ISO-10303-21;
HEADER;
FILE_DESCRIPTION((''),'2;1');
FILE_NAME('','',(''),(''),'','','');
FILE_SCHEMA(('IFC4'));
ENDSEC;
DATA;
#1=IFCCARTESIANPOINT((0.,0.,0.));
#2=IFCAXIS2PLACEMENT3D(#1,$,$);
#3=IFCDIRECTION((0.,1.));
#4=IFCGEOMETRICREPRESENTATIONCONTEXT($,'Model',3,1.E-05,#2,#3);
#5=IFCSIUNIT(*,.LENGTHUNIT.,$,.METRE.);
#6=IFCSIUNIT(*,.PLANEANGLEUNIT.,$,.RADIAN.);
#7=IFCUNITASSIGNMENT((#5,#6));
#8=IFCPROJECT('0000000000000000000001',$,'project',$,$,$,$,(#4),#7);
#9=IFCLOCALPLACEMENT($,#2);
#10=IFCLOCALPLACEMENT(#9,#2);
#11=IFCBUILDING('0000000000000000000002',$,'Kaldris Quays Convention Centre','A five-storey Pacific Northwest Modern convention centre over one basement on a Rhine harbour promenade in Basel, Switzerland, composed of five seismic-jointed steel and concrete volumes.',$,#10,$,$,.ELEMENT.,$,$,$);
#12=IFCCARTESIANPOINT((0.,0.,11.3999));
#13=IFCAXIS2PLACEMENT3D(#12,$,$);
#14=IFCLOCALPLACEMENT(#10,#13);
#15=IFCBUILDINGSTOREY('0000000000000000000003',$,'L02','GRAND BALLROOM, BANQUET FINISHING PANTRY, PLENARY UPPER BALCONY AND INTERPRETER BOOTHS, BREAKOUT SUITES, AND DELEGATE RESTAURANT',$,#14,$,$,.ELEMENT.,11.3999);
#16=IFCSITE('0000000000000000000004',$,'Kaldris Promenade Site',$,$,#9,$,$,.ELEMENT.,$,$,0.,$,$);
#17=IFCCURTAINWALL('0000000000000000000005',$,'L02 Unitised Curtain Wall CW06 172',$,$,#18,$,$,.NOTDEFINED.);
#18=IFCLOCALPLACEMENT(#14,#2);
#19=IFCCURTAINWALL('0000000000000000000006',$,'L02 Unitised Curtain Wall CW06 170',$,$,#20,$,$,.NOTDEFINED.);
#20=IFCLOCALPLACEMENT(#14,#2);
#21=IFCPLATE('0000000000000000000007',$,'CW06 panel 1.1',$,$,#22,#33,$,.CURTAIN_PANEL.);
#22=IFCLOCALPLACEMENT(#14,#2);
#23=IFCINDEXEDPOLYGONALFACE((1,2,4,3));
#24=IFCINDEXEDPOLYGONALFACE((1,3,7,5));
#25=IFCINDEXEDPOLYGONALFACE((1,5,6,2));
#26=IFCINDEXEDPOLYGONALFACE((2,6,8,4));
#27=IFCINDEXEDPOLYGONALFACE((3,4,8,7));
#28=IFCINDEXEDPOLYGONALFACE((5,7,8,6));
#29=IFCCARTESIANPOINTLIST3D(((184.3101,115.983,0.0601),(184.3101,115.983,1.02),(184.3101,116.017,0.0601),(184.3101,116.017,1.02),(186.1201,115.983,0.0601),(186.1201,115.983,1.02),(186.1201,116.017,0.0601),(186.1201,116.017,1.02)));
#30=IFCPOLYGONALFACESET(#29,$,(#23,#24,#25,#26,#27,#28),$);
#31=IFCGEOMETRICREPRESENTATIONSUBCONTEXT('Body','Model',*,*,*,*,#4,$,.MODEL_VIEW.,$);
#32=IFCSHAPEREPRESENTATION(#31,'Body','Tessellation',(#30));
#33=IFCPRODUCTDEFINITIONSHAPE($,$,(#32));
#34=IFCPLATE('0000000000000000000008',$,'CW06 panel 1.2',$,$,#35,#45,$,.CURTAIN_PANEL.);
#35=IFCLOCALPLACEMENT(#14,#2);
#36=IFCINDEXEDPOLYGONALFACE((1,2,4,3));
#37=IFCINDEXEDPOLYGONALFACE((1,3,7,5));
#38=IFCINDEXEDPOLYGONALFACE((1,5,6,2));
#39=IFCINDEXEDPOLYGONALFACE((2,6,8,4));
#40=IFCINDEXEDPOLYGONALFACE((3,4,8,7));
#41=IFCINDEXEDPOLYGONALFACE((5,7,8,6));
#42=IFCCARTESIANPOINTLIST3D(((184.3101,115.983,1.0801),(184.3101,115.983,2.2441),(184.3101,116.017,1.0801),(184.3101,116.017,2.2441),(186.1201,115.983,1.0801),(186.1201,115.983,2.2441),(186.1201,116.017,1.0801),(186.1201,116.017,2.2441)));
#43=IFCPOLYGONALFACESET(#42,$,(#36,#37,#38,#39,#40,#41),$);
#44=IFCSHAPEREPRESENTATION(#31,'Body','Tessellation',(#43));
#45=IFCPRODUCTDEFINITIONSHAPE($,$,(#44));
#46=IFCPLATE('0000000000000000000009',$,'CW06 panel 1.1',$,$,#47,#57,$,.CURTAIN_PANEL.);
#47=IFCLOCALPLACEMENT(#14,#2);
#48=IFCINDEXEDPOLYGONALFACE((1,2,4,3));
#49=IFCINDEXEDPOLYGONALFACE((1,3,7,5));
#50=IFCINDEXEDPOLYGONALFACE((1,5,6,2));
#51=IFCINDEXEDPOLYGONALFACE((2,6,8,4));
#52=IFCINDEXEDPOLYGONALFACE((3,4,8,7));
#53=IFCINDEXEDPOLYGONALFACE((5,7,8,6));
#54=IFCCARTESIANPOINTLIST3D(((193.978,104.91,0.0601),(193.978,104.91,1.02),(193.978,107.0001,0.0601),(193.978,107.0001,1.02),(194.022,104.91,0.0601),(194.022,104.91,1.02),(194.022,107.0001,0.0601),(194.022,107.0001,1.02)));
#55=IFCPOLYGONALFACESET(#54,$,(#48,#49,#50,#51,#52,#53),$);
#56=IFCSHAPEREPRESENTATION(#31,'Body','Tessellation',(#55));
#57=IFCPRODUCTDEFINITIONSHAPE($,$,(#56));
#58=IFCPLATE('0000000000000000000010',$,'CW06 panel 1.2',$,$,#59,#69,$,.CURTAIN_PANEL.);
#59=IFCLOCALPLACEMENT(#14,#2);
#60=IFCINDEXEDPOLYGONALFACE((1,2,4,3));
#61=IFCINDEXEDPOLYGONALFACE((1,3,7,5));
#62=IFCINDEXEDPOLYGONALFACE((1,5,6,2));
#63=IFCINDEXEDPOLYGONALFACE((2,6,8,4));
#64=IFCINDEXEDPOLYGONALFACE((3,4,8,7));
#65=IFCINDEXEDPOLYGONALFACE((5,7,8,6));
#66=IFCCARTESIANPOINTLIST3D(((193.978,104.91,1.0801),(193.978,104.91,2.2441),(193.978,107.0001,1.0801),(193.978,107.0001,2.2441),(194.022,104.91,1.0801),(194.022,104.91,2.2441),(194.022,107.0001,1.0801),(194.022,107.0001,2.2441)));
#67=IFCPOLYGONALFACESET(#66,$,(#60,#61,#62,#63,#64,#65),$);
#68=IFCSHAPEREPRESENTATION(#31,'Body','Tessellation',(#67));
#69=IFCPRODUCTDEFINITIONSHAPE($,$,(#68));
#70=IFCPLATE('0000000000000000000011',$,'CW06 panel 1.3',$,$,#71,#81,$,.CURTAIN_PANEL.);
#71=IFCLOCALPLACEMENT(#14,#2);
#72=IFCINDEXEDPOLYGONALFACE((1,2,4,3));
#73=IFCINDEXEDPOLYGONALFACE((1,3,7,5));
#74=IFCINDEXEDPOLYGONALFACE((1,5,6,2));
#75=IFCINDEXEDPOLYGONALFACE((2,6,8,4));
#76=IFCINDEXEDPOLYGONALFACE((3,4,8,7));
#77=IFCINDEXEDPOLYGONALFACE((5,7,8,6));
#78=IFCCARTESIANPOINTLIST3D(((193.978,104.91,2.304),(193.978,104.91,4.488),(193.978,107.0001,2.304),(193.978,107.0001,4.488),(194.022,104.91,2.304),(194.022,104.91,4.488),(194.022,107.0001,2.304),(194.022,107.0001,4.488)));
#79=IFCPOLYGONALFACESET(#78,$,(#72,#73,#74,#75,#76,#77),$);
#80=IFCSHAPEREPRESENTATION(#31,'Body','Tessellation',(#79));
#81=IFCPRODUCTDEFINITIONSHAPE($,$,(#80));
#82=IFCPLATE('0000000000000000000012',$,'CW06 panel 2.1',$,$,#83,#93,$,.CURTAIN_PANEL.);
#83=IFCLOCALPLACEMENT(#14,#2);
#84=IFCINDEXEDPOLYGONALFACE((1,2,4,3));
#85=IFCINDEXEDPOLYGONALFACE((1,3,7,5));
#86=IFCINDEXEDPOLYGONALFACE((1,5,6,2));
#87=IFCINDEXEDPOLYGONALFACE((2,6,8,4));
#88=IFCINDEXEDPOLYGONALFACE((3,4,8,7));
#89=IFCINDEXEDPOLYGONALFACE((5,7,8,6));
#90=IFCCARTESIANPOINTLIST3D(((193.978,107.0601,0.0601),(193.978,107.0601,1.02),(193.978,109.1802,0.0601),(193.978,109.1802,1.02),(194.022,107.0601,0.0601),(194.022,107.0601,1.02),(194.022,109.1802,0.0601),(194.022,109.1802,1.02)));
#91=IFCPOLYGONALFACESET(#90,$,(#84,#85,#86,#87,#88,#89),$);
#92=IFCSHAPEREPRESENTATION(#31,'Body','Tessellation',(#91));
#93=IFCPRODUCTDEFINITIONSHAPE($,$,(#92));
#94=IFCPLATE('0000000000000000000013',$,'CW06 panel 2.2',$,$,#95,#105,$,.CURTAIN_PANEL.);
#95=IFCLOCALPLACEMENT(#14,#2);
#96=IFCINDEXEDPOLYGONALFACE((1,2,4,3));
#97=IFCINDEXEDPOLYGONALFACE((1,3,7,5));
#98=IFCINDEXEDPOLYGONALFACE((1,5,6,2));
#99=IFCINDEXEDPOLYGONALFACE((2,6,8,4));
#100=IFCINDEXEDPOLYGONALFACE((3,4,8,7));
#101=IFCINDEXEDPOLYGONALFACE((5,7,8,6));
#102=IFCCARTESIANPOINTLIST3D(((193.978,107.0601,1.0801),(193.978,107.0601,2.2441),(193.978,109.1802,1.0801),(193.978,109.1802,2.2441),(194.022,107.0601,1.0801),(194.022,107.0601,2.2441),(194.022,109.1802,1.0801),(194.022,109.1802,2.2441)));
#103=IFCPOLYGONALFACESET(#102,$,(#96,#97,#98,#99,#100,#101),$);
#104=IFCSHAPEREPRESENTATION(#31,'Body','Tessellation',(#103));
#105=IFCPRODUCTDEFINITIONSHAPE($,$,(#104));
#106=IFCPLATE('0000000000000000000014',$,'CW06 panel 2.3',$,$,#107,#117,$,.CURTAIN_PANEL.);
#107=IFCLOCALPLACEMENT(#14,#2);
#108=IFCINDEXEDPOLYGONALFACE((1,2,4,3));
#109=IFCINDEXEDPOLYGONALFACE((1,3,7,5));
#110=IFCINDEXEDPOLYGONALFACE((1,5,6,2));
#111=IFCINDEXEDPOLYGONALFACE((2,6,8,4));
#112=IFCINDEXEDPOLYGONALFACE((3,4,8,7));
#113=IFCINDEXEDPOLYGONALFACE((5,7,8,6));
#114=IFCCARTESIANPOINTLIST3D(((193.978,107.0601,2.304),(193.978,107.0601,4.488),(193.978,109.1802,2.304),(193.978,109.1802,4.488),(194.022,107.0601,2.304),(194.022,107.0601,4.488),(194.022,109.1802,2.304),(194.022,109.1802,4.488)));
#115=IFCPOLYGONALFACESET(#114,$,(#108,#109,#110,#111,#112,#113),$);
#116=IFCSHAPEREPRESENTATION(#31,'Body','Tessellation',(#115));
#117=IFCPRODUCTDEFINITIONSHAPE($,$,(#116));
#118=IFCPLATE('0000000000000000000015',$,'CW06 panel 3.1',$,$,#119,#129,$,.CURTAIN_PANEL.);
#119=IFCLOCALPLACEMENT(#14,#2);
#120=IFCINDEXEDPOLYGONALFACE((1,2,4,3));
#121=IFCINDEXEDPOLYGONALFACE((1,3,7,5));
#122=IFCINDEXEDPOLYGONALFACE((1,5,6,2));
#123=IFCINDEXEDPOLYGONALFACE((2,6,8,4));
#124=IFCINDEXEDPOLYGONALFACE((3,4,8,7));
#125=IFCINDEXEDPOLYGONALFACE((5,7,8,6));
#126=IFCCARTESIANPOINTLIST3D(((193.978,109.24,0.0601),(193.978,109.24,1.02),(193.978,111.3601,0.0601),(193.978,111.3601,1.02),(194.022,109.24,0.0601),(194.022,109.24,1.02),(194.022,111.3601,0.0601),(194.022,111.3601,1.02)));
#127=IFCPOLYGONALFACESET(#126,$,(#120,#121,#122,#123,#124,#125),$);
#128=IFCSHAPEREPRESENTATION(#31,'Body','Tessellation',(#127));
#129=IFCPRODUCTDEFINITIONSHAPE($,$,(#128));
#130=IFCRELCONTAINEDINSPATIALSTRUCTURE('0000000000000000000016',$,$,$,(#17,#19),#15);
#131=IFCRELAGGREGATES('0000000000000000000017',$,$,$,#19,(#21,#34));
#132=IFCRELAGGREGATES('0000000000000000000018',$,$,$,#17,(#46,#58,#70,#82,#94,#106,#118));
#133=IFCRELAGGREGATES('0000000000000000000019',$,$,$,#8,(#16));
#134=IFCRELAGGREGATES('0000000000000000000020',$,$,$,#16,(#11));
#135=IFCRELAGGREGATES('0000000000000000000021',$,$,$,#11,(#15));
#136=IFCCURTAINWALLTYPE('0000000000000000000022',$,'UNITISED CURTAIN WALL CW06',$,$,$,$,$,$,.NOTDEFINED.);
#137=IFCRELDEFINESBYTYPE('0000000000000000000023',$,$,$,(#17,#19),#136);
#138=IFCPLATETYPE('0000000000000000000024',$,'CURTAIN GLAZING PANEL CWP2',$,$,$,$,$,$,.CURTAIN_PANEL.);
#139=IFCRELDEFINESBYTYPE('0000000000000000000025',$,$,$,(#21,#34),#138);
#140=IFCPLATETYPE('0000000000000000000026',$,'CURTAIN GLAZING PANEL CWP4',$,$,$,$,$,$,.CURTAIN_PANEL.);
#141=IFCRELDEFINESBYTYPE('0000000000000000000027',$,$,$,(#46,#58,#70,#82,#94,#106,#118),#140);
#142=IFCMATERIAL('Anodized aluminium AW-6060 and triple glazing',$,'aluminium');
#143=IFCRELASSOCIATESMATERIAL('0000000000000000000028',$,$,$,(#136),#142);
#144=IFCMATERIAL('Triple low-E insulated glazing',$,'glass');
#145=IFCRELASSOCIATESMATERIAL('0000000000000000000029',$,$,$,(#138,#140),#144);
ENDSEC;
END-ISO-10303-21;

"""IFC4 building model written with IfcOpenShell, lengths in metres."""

from ifc_helpers import new_model, si_unit, direction, frame, origin, origin_2d, place, context, subcontext, project, spatial, rectangle, extrude, material, type_object, element, aggregate, save


model = new_model("IFC4")

# Units and contexts
model_context = context("Model", 3, precision=1e-05, world=origin(), true_north=direction((0.0, 1.0)))
body_context = subcontext(model_context, "Body", "Model", "MODEL_VIEW")
ifc_project = project(units=[si_unit("LENGTHUNIT", "METRE"), si_unit("PLANEANGLEUNIT", "RADIAN")], contexts=[model_context])

# Site, building, storey
site_placement = place(None, origin())
site = spatial("IfcSite", under=ifc_project, at=site_placement, Name="Kaldris Promenade Site", CompositionType="ELEMENT", RefElevation=0.0)
building_placement = place(site_placement, origin())
building = spatial("IfcBuilding", under=site, at=building_placement, Name="Kaldris Quays Convention Centre", Description="A five-storey Pacific Northwest Modern convention centre over one basement on a Rhine harbour promenade in Basel, Switzerland, composed of five seismic-jointed steel and concrete volumes.", CompositionType="ELEMENT")
storey_placement = place(building_placement, frame((0.0, 0.0, 11.3999)))
storey = spatial("IfcBuildingStorey", under=building, at=storey_placement, Name="L02", Description="GRAND BALLROOM, BANQUET FINISHING PANTRY, PLENARY UPPER BALCONY AND INTERPRETER BOOTHS, BREAKOUT SUITES, AND DELEGATE RESTAURANT", CompositionType="ELEMENT", Elevation=11.3999)

# Curtain walls
ifc_material_1 = material(Name="Anodized aluminium AW-6060 and triple glazing", Category="aluminium")
curtain_wall_type = type_object("IfcCurtainWallType", Name="UNITISED CURTAIN WALL CW06", PredefinedType="NOTDEFINED", material=ifc_material_1)
curtain_wall_1_placement = place(storey_placement, origin())
curtain_wall_1 = element("IfcCurtainWall", 1, at=curtain_wall_1_placement, inside=storey, type_object=curtain_wall_type, Name="L02 Unitised Curtain Wall CW06 172", PredefinedType="NOTDEFINED")
curtain_wall_2_placement = place(storey_placement, origin())
curtain_wall_2 = element("IfcCurtainWall", 2, at=curtain_wall_2_placement, inside=storey, type_object=curtain_wall_type, Name="L02 Unitised Curtain Wall CW06 170", PredefinedType="NOTDEFINED")

# Plates
ifc_material_2 = material(Name="Triple low-E insulated glazing", Category="glass")
plate_type_1 = type_object("IfcPlateType", Name="CURTAIN GLAZING PANEL CWP2", PredefinedType="CURTAIN_PANEL", material=ifc_material_2)
plate_1_placement = place(storey_placement, frame((185.2151, 116.0, 0.0601), z_axis=(0.0, 0.0, 1.0), x_axis=(1.0, 0.0, 0.0)))
plate_1 = element("IfcPlate", 3, at=plate_1_placement, type_object=plate_type_1, Name="CW06 panel 1.1", PredefinedType="CURTAIN_PANEL", context=body_context, shape_type="SweptSolid", body=[
    extrude(rectangle(XDim=1.8101, YDim=0.0339, at=origin_2d()), origin(), (0.0, 0.0, 1.0), 0.96),
])
plate_2_placement = place(storey_placement, frame((185.2151, 116.0, 1.0801), z_axis=(0.0, 0.0, 1.0), x_axis=(1.0, 0.0, 0.0)))
plate_2 = element("IfcPlate", 4, at=plate_2_placement, type_object=plate_type_1, Name="CW06 panel 1.2", PredefinedType="CURTAIN_PANEL", context=body_context, shape_type="SweptSolid", body=[
    extrude(rectangle(XDim=1.8101, YDim=0.0339, at=origin_2d()), origin(), (0.0, 0.0, 1.0), 1.1641),
])
aggregate(curtain_wall_2, [plate_1, plate_2])
plate_type_2 = type_object("IfcPlateType", Name="CURTAIN GLAZING PANEL CWP4", PredefinedType="CURTAIN_PANEL", material=ifc_material_2)
plate_3_placement = place(storey_placement, frame((194.0, 105.9551, 0.0601), z_axis=(0.0, 0.0, 1.0), x_axis=(0.0, 1.0, 0.0)))
plate_3 = element("IfcPlate", 5, at=plate_3_placement, type_object=plate_type_2, Name="CW06 panel 1.1", PredefinedType="CURTAIN_PANEL", context=body_context, shape_type="SweptSolid", body=[
    extrude(rectangle(XDim=2.0901, YDim=0.0439, at=origin_2d()), origin(), (0.0, 0.0, 1.0), 0.96),
])
plate_4_placement = place(storey_placement, frame((194.0, 105.9551, 1.0801), z_axis=(0.0, 0.0, 1.0), x_axis=(0.0, 1.0, 0.0)))
plate_4 = element("IfcPlate", 6, at=plate_4_placement, type_object=plate_type_2, Name="CW06 panel 1.2", PredefinedType="CURTAIN_PANEL", context=body_context, shape_type="SweptSolid", body=[
    extrude(rectangle(XDim=2.0901, YDim=0.0439, at=origin_2d()), origin(), (0.0, 0.0, 1.0), 1.1641),
])
plate_5_placement = place(storey_placement, frame((194.0, 105.9551, 2.304), z_axis=(0.0, 0.0, 1.0), x_axis=(0.0, 1.0, 0.0)))
plate_5 = element("IfcPlate", 7, at=plate_5_placement, type_object=plate_type_2, Name="CW06 panel 1.3", PredefinedType="CURTAIN_PANEL", context=body_context, shape_type="SweptSolid", body=[
    extrude(rectangle(XDim=2.0901, YDim=0.0439, at=origin_2d()), origin(), (0.0, 0.0, 1.0), 2.1841),
])
plate_6_placement = place(storey_placement, frame((194.0, 108.1201, 0.0601), z_axis=(0.0, 0.0, 1.0), x_axis=(0.0, 1.0, 0.0)))
plate_6 = element("IfcPlate", 8, at=plate_6_placement, type_object=plate_type_2, Name="CW06 panel 2.1", PredefinedType="CURTAIN_PANEL", context=body_context, shape_type="SweptSolid", body=[
    extrude(rectangle(XDim=2.1201, YDim=0.0439, at=origin_2d()), origin(), (0.0, 0.0, 1.0), 0.96),
])
plate_7_placement = place(storey_placement, frame((194.0, 108.1201, 1.0801), z_axis=(0.0, 0.0, 1.0), x_axis=(0.0, 1.0, 0.0)))
plate_7 = element("IfcPlate", 9, at=plate_7_placement, type_object=plate_type_2, Name="CW06 panel 2.2", PredefinedType="CURTAIN_PANEL", context=body_context, shape_type="SweptSolid", body=[
    extrude(rectangle(XDim=2.1201, YDim=0.0439, at=origin_2d()), origin(), (0.0, 0.0, 1.0), 1.1641),
])
plate_8_placement = place(storey_placement, frame((194.0, 108.1201, 2.304), z_axis=(0.0, 0.0, 1.0), x_axis=(0.0, 1.0, 0.0)))
plate_8 = element("IfcPlate", 10, at=plate_8_placement, type_object=plate_type_2, Name="CW06 panel 2.3", PredefinedType="CURTAIN_PANEL", context=body_context, shape_type="SweptSolid", body=[
    extrude(rectangle(XDim=2.1201, YDim=0.0439, at=origin_2d()), origin(), (0.0, 0.0, 1.0), 2.1841),
])
plate_9_placement = place(storey_placement, frame((194.0, 110.3, 0.0601), z_axis=(0.0, 0.0, 1.0), x_axis=(0.0, 1.0, 0.0)))
plate_9 = element("IfcPlate", 11, at=plate_9_placement, type_object=plate_type_2, Name="CW06 panel 3.1", PredefinedType="CURTAIN_PANEL", context=body_context, shape_type="SweptSolid", body=[
    extrude(rectangle(XDim=2.1201, YDim=0.0439, at=origin_2d()), origin(), (0.0, 0.0, 1.0), 0.96),
])
aggregate(curtain_wall_1, [plate_3, plate_4, plate_5, plate_6, plate_7, plate_8, plate_9])

save(model, "model.ifc")
